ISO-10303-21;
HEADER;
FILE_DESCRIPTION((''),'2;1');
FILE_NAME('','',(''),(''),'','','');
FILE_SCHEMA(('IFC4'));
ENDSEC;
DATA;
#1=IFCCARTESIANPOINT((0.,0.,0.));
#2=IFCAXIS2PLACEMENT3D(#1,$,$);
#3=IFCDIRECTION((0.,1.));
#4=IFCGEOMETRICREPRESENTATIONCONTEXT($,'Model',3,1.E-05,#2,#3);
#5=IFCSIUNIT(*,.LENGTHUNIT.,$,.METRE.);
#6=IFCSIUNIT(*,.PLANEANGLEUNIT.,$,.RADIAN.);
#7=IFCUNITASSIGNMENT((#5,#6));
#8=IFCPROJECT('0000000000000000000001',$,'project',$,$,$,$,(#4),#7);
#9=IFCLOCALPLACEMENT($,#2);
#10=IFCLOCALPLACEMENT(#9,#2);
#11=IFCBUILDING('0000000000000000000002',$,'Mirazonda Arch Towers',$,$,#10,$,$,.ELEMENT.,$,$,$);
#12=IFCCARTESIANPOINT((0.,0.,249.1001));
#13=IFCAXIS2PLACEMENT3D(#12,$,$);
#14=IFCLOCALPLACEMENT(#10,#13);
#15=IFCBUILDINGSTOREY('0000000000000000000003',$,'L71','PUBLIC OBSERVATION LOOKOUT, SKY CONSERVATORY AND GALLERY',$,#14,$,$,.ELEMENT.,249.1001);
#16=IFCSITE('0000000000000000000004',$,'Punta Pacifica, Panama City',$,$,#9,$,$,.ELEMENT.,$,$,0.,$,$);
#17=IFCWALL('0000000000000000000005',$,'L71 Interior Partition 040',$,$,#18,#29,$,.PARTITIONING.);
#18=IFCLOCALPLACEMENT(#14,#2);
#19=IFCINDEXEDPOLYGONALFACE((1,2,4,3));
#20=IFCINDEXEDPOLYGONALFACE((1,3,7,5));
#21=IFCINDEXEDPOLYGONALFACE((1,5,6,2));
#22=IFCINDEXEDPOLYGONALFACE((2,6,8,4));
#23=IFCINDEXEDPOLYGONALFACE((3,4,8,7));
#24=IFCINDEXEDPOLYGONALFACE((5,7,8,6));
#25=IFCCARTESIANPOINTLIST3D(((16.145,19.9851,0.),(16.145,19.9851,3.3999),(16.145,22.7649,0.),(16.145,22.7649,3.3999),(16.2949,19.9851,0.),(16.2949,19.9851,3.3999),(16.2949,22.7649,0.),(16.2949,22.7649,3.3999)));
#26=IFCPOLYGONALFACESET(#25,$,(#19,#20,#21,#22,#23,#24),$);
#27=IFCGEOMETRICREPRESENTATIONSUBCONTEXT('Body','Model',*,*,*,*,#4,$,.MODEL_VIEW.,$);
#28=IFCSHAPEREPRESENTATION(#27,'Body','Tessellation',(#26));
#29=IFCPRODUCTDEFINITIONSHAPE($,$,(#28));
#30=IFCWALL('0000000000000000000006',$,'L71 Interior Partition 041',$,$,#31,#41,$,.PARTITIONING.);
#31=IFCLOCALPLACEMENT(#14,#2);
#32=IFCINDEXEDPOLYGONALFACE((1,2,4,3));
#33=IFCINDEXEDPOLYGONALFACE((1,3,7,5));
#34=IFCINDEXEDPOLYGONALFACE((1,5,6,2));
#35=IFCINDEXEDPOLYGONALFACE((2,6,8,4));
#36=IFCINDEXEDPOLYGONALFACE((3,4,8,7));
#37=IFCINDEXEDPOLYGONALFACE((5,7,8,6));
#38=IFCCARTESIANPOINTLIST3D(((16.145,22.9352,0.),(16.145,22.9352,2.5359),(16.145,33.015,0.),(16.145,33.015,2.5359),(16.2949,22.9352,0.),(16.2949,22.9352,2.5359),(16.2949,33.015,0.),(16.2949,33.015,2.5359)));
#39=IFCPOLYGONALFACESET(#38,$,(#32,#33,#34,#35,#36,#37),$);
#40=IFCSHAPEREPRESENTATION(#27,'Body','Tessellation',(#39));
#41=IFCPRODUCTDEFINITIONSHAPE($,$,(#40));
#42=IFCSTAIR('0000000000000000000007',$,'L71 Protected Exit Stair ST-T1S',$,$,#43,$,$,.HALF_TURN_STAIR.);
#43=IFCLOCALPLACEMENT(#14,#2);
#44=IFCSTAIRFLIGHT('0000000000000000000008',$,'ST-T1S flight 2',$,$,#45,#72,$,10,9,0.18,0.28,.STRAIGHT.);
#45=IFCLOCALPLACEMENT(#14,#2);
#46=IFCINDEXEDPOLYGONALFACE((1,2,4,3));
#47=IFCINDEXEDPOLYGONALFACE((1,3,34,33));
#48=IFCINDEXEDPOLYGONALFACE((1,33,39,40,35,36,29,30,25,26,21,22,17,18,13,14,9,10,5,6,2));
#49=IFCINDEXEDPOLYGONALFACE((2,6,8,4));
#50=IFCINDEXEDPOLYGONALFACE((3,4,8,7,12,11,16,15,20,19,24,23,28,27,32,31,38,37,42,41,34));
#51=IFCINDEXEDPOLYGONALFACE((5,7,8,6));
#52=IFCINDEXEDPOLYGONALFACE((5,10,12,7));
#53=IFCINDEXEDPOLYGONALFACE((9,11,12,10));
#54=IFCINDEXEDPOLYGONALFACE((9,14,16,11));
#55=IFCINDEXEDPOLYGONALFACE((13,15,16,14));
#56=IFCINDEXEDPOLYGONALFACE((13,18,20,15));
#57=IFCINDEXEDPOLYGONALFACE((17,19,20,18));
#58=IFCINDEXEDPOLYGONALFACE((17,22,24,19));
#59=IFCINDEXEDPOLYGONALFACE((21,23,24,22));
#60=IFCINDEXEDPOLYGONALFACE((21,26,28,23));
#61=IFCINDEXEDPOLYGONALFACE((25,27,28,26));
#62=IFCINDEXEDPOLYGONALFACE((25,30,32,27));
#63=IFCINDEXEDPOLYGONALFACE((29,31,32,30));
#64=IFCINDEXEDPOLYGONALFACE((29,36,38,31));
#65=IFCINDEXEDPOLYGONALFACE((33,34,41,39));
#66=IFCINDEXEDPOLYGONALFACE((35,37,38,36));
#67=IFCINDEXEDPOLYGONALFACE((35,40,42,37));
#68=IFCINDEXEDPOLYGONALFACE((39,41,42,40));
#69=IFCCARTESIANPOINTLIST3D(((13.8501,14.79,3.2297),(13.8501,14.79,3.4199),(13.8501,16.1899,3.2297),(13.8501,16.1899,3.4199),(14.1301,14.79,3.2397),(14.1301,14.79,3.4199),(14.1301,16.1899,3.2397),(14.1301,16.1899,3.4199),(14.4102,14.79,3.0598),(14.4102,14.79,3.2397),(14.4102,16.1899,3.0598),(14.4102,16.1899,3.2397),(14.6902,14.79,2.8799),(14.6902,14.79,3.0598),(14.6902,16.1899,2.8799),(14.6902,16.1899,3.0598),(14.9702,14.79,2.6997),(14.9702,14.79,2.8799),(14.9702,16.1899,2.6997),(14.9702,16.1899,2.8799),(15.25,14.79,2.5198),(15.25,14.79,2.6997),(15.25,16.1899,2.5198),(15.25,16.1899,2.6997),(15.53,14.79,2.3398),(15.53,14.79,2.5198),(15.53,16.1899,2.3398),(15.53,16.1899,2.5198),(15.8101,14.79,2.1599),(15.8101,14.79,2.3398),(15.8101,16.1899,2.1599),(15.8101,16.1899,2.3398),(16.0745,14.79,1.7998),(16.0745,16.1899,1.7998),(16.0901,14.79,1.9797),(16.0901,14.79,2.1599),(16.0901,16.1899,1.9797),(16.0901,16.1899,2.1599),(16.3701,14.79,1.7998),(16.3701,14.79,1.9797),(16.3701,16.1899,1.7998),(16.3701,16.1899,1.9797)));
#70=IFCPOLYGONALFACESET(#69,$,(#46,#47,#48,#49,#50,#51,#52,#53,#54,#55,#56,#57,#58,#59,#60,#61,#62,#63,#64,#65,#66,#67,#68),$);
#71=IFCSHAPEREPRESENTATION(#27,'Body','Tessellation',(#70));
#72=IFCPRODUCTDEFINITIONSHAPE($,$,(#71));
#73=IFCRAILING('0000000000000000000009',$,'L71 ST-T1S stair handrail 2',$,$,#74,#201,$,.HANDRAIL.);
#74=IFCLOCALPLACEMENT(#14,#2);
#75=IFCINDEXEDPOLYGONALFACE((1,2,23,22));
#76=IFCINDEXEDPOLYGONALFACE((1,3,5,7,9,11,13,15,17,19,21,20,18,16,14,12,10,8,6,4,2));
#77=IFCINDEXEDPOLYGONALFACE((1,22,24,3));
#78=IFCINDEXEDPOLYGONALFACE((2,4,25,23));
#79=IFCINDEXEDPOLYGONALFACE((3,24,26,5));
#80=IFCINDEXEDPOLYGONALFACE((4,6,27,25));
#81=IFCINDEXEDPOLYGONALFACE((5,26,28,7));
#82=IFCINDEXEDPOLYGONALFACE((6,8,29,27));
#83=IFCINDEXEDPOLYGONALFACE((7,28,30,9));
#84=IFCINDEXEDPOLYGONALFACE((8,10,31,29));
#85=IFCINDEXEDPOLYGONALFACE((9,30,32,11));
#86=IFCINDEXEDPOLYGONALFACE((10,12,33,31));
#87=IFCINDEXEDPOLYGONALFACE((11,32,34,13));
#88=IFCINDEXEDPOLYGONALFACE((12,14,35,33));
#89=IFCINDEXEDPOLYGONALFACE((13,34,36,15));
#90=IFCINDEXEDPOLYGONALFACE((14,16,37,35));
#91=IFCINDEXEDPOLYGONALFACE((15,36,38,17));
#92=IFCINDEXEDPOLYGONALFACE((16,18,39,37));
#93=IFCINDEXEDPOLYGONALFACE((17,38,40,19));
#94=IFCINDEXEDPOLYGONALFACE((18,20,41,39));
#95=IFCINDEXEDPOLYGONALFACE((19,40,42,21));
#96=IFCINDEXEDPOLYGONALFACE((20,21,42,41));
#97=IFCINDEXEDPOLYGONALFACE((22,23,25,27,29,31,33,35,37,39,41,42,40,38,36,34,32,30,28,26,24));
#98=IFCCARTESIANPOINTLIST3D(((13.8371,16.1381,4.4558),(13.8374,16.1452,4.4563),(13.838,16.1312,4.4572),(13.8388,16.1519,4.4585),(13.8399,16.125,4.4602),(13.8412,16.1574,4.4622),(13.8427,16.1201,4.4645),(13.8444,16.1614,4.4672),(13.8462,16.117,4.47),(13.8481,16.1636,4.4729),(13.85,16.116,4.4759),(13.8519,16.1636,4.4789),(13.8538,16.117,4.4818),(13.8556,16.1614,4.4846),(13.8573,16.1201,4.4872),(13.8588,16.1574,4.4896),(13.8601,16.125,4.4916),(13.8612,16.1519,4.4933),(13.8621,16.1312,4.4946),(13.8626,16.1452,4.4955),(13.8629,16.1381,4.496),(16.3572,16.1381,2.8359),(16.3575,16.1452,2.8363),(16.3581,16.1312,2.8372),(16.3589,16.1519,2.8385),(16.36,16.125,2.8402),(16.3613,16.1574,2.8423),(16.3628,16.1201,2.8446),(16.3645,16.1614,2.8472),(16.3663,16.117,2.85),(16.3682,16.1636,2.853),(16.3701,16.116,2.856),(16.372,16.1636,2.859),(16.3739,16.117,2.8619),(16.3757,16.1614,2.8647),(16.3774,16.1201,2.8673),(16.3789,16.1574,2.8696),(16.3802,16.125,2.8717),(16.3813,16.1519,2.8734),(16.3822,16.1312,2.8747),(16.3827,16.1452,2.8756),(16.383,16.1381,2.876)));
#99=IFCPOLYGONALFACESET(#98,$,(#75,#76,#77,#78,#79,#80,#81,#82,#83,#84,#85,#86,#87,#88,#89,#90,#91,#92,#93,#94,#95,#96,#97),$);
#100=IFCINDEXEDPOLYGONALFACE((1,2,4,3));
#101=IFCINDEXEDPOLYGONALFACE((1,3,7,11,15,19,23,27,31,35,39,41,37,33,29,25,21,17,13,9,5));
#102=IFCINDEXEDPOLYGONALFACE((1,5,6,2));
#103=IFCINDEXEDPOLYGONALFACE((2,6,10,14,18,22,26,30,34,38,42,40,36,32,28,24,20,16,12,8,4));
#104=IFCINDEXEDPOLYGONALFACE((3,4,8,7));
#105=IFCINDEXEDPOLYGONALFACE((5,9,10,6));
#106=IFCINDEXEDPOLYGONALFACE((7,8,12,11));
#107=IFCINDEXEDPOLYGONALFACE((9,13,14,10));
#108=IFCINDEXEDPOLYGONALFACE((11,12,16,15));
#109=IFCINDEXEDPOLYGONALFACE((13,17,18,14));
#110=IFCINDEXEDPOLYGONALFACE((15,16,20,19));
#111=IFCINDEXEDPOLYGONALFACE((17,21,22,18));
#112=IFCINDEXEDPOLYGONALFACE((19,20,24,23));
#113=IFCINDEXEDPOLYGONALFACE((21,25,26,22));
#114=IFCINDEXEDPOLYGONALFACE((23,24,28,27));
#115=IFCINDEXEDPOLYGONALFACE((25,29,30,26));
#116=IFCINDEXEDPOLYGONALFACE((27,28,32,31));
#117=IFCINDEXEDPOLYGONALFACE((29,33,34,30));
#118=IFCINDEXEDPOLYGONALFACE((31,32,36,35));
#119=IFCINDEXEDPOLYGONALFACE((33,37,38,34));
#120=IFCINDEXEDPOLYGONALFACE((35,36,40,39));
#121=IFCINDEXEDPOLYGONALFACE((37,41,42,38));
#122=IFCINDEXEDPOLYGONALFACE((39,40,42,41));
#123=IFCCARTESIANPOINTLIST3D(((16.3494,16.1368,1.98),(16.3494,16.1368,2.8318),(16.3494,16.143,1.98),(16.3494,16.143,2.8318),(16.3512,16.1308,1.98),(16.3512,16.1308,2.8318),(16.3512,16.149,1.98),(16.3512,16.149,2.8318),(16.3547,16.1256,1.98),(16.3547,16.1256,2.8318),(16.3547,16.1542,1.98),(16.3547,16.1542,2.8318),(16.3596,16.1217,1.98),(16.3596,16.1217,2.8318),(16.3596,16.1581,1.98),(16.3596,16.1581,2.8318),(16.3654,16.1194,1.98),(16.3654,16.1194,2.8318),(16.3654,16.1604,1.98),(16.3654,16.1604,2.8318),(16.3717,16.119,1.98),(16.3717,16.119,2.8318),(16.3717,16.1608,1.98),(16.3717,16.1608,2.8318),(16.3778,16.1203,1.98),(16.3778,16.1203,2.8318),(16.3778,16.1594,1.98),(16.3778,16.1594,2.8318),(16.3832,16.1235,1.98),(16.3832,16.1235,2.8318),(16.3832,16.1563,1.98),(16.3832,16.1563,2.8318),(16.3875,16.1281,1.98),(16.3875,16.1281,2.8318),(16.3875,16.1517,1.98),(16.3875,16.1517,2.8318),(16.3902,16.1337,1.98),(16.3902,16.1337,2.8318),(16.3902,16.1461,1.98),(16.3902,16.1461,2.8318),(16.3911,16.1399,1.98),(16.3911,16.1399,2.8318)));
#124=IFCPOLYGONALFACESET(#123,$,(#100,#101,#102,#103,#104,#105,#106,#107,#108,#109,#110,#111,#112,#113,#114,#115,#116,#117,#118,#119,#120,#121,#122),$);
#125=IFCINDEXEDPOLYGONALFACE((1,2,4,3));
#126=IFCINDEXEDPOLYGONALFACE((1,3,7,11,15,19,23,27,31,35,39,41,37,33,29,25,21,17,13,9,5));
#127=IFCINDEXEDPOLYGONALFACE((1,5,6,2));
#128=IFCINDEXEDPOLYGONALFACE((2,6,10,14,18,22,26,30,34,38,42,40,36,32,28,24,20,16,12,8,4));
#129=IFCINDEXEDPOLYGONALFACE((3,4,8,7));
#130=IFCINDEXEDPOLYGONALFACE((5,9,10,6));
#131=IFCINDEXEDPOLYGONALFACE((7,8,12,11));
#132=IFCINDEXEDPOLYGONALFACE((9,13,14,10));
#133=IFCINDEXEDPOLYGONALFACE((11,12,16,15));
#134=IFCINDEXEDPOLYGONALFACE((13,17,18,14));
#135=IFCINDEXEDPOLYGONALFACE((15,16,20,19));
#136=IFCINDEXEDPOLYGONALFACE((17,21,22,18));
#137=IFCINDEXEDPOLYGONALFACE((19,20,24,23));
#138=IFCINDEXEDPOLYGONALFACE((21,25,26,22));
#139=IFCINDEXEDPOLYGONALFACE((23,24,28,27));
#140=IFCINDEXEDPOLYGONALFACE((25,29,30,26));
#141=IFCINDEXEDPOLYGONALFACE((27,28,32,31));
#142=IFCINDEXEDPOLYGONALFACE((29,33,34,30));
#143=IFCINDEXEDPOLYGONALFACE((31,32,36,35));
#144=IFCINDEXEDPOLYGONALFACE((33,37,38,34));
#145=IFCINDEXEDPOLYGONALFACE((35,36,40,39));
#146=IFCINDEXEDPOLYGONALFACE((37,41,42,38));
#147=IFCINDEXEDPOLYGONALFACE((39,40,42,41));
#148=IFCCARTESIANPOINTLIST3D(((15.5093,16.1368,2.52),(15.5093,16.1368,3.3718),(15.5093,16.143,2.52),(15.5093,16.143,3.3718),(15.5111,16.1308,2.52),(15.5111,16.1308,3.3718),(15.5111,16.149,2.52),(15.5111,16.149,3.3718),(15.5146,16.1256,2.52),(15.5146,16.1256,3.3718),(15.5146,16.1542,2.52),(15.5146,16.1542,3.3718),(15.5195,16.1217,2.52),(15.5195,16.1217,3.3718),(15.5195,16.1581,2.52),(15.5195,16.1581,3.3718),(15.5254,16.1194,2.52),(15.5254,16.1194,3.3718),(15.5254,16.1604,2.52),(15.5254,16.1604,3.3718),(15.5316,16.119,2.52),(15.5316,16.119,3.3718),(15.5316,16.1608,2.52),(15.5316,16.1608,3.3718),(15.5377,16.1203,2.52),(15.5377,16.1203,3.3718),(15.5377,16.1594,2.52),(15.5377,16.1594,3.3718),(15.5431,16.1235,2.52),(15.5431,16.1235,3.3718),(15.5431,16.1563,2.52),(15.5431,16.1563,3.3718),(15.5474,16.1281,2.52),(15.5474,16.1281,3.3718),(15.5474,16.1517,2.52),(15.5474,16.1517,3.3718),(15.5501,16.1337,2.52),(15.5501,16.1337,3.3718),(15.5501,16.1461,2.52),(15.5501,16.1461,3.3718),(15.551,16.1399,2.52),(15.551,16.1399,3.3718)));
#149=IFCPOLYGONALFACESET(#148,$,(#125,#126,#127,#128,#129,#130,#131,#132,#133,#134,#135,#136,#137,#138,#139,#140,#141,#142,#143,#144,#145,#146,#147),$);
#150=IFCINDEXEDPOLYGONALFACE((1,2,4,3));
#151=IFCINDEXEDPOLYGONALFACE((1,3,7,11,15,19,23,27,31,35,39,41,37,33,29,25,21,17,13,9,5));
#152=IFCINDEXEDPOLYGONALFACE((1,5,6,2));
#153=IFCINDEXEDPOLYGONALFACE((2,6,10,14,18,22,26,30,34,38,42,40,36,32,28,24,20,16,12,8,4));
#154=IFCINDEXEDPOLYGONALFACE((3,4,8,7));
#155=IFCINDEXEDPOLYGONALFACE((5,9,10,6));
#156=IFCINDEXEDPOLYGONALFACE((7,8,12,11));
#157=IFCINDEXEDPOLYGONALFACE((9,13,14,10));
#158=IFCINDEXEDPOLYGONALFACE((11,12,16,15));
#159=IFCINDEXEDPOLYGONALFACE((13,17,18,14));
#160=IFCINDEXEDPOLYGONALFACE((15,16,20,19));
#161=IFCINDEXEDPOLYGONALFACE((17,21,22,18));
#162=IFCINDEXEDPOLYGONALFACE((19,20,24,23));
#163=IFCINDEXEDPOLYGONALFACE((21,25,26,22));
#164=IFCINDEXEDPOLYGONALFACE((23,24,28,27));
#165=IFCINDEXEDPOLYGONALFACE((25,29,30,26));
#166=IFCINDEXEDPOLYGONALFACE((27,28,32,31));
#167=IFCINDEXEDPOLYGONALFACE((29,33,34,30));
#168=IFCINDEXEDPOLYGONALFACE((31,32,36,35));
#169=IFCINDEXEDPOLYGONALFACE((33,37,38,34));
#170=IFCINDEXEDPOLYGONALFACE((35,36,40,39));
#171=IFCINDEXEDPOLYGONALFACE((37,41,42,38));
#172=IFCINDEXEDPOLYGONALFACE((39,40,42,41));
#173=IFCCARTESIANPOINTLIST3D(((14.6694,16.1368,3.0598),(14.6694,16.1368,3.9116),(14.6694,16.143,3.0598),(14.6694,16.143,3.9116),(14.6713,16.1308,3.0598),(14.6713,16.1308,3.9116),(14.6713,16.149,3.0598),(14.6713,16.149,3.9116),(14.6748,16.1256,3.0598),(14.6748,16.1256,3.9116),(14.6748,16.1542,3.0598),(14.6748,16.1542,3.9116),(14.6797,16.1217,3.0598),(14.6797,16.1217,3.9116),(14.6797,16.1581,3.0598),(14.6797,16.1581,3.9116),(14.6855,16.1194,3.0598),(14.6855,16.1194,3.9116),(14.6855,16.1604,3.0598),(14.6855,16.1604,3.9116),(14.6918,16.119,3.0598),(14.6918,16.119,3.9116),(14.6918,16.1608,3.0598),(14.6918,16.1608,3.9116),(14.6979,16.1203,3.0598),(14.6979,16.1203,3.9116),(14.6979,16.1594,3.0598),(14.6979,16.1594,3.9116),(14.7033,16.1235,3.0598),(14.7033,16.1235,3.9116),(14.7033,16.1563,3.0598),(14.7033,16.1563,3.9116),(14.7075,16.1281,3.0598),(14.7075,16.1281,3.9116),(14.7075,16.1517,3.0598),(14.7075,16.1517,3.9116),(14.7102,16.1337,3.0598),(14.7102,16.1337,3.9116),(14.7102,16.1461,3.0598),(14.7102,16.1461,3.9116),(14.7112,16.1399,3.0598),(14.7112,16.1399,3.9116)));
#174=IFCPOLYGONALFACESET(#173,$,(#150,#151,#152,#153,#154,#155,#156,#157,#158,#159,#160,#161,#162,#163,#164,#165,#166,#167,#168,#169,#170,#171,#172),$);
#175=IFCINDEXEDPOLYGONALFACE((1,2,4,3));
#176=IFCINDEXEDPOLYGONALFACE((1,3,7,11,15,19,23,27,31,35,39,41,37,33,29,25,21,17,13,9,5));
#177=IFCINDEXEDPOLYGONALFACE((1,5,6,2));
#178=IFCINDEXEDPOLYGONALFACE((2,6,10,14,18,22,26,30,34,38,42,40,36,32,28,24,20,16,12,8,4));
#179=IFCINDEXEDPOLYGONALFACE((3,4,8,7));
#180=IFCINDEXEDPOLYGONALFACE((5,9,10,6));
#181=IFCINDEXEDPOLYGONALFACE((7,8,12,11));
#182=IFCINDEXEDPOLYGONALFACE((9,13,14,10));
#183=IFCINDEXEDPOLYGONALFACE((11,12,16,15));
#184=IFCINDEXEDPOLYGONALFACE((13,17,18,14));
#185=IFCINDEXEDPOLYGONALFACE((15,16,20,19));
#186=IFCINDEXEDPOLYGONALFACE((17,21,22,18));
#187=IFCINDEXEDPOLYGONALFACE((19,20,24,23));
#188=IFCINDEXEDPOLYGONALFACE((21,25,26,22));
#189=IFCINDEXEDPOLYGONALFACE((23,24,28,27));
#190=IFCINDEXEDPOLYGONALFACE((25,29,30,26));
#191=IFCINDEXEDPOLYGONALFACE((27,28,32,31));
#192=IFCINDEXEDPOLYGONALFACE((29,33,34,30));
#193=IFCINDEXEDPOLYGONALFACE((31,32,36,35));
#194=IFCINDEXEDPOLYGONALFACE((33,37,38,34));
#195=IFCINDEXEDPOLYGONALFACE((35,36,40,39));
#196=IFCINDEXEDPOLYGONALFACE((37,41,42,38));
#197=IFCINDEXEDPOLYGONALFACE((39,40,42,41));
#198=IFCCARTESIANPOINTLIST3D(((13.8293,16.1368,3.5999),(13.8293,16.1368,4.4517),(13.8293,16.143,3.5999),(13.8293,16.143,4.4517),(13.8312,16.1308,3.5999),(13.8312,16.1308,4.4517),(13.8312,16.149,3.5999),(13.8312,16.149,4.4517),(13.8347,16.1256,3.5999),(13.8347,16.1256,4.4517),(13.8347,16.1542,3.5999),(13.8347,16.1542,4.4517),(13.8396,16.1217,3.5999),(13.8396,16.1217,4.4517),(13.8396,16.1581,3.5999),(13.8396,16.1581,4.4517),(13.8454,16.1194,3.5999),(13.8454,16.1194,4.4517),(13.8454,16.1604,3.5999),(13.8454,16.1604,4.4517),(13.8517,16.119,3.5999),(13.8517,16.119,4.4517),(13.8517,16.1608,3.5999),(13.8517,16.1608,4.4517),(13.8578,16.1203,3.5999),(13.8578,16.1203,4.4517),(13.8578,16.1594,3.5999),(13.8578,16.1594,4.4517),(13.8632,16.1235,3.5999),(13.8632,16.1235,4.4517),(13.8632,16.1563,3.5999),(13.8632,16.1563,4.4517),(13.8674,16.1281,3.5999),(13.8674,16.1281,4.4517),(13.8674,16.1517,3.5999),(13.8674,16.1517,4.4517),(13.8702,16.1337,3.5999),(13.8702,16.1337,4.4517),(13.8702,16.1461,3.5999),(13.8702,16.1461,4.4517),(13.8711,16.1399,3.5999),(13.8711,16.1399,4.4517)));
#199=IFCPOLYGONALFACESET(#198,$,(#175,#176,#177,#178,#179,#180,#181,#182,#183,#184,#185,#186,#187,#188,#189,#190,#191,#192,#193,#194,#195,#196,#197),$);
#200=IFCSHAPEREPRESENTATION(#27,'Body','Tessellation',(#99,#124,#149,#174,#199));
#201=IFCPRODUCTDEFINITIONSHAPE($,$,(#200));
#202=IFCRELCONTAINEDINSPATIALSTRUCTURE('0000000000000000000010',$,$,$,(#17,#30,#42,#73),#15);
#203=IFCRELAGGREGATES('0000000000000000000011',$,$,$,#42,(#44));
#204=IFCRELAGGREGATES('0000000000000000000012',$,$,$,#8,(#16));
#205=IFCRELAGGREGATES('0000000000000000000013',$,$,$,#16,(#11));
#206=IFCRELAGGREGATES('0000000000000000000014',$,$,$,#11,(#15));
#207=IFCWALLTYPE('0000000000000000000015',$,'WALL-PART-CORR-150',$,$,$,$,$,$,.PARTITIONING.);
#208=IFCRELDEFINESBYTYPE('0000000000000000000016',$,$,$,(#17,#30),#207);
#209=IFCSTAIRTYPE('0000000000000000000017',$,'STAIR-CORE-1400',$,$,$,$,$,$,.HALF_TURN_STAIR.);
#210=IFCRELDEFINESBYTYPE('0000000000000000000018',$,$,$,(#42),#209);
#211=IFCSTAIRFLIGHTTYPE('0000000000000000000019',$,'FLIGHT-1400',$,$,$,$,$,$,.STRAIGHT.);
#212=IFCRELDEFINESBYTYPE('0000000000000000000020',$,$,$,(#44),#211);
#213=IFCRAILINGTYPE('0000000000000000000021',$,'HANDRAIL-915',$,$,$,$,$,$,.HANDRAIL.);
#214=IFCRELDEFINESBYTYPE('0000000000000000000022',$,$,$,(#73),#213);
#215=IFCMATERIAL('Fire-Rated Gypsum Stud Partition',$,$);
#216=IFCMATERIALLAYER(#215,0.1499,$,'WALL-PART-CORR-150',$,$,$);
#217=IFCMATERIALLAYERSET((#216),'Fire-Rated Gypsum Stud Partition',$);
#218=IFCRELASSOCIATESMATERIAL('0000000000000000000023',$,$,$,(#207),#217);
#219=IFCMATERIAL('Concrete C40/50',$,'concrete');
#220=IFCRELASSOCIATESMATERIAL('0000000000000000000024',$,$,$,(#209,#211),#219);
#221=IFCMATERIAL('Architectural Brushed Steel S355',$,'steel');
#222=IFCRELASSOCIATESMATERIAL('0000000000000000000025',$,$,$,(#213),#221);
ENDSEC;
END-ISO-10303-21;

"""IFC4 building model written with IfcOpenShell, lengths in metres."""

from ifc_helpers import new_model, si_unit, direction, frame, frame_2d, origin, origin_2d, place, context, subcontext, project, spatial, polyline, rectangle, circle, outline, extrude, material, layer, layer_set, type_object, element, aggregate, save


model = new_model("IFC4")

# Units and contexts
model_context = context("Model", 3, precision=1e-05, world=origin(), true_north=direction((0.0, 1.0)))
body_context = subcontext(model_context, "Body", "Model", "MODEL_VIEW")
ifc_project = project(units=[si_unit("LENGTHUNIT", "METRE"), si_unit("PLANEANGLEUNIT", "RADIAN")], contexts=[model_context])

# Site, building, storey
site_placement = place(None, origin())
site = spatial("IfcSite", under=ifc_project, at=site_placement, Name="Punta Pacifica, Panama City", CompositionType="ELEMENT", RefElevation=0.0)
building_placement = place(site_placement, origin())
building = spatial("IfcBuilding", under=site, at=building_placement, Name="Mirazonda Arch Towers", CompositionType="ELEMENT")
storey_placement = place(building_placement, frame((0.0, 0.0, 249.1001)))
storey = spatial("IfcBuildingStorey", under=building, at=storey_placement, Name="L71", Description="PUBLIC OBSERVATION LOOKOUT, SKY CONSERVATORY AND GALLERY", CompositionType="ELEMENT", Elevation=249.1001)

# Shared definitions
ifc_material_1 = material(Name="Architectural Brushed Steel S355", Category="steel")

# Shared definitions
ifc_material_2 = material(Name="Fire-Rated Gypsum Stud Partition")
ifc_layer_1 = layer(ifc_material_2, 0.1499, Name="WALL-PART-CORR-150")
ifc_layer_set_1 = layer_set([ifc_layer_1], Name="Fire-Rated Gypsum Stud Partition")
wall_type_1 = type_object("IfcWallType", Name="WALL-PART-CORR-150", PredefinedType="PARTITIONING", material=ifc_layer_set_1)

# Walls
for number, where, z_axis, x_axis, name in (
    (1, (16.22, 19.9851, 0.0), (0.0, 0.0, 1.0), (0.0, 1.0, 0.0), "L71 Interior Partition 040"),
):
    element("IfcWall", number, at=place(storey_placement, frame(where, z_axis=z_axis, x_axis=x_axis)), inside=storey, type_object=wall_type_1, Name=name, PredefinedType="PARTITIONING", context=body_context, shape_type="SweptSolid", body=[
        extrude(rectangle(XDim=2.7798, YDim=0.1499, at=frame_2d((1.3899, 0.0))), origin(), (0.0, 0.0, 1.0), 3.3999),
    ])
wall_1_placement = place(storey_placement, frame((16.22, 22.9351, 0.0), z_axis=(0.0, 0.0, 1.0), x_axis=(0.0, 1.0, 0.0)))
element("IfcWall", 2, at=wall_1_placement, inside=storey, type_object=wall_type_1, Name="L71 Interior Partition 041", PredefinedType="PARTITIONING", context=body_context, shape_type="SweptSolid", body=[
    extrude(rectangle(XDim=10.0798, YDim=0.1499, at=frame_2d((5.04, 0.0))), origin(), (0.0, 0.0, 1.0), 2.5359),
])

# Stair, stair flight
ifc_material_3 = material(Name="Concrete C40/50", Category="concrete")
stair_type = type_object("IfcStairType", Name="STAIR-CORE-1400", PredefinedType="HALF_TURN_STAIR", material=ifc_material_3)
stair_placement = place(storey_placement, origin())
stair = element("IfcStair", 3, at=stair_placement, inside=storey, type_object=stair_type, Name="L71 Protected Exit Stair ST-T1S", PredefinedType="HALF_TURN_STAIR")
stair_flight_type = type_object("IfcStairFlightType", Name="FLIGHT-1400", PredefinedType="STRAIGHT", material=ifc_material_3)
stair_flight_placement = place(storey_placement, frame((16.3701, 15.49, 1.7998), z_axis=(0.0, 0.0, 1.0), x_axis=(-1.0, 0.0, 0.0)))
stair_flight = element("IfcStairFlight", 4, at=stair_flight_placement, type_object=stair_flight_type, Name="ST-T1S flight 2", NumberOfRisers=10, NumberOfTreads=9, PredefinedType="STRAIGHT", RiserHeight=0.18, TreadLength=0.28, context=body_context, shape_type="SweptSolid", body=[
    extrude(outline(polyline([(0.0, 0.0), (0.0, 0.1799), (0.28, 0.1799), (0.28, 0.3601), (0.5601, 0.3601), (0.5601, 0.54), (0.8401, 0.54), (0.8401, 0.72), (1.1201, 0.72), (1.1201, 0.8999), (1.3999, 0.8999), (1.3999, 1.0801), (1.6799, 1.0801), (1.6799, 1.26), (1.96, 1.26), (1.96, 1.4399), (2.24, 1.4399), (2.24, 1.6201), (2.52, 1.6201), (2.52, 1.8), (2.52, 1.4299), (0.2957, 0.0), (0.0, 0.0)])), frame((0.0, 0.7, 0.0), z_axis=(0.0, -1.0, 0.0), x_axis=(1.0, 0.0, 0.0)), (0.0, 0.0, 1.0), 1.3999),
])
aggregate(stair, [stair_flight])

# Railing
railing_type = type_object("IfcRailingType", Name="HANDRAIL-915", PredefinedType="HANDRAIL", material=ifc_material_1)
railing_placement = place(storey_placement, frame((16.3701, 16.1399, 1.98)))
element("IfcRailing", 5, at=railing_placement, inside=storey, type_object=railing_type, Name="L71 ST-T1S stair handrail 2", PredefinedType="HANDRAIL", context=body_context, shape_type="SweptSolid", body=[
    extrude(circle(Radius=0.0239, at=origin_2d()), frame((0.0, 0.0, 0.876), z_axis=(-0.8412, 0.0, 0.540725), x_axis=(0.0, -1.0, 0.0)), (0.0, 0.0, 1.0), 2.9958),
    extrude(circle(Radius=0.021, at=origin_2d()), origin(), (0.0, 0.0, 1.0), 0.8518),
    extrude(circle(Radius=0.021, at=origin_2d()), frame((-0.8401, 0.0, 0.54)), (0.0, 0.0, 1.0), 0.8518),
    extrude(circle(Radius=0.021, at=origin_2d()), frame((-1.6799, 0.0, 1.0798)), (0.0, 0.0, 1.0), 0.8518),
    extrude(circle(Radius=0.021, at=origin_2d()), frame((-2.52, 0.0, 1.6199)), (0.0, 0.0, 1.0), 0.8518),
])

save(model, "model.ifc")
